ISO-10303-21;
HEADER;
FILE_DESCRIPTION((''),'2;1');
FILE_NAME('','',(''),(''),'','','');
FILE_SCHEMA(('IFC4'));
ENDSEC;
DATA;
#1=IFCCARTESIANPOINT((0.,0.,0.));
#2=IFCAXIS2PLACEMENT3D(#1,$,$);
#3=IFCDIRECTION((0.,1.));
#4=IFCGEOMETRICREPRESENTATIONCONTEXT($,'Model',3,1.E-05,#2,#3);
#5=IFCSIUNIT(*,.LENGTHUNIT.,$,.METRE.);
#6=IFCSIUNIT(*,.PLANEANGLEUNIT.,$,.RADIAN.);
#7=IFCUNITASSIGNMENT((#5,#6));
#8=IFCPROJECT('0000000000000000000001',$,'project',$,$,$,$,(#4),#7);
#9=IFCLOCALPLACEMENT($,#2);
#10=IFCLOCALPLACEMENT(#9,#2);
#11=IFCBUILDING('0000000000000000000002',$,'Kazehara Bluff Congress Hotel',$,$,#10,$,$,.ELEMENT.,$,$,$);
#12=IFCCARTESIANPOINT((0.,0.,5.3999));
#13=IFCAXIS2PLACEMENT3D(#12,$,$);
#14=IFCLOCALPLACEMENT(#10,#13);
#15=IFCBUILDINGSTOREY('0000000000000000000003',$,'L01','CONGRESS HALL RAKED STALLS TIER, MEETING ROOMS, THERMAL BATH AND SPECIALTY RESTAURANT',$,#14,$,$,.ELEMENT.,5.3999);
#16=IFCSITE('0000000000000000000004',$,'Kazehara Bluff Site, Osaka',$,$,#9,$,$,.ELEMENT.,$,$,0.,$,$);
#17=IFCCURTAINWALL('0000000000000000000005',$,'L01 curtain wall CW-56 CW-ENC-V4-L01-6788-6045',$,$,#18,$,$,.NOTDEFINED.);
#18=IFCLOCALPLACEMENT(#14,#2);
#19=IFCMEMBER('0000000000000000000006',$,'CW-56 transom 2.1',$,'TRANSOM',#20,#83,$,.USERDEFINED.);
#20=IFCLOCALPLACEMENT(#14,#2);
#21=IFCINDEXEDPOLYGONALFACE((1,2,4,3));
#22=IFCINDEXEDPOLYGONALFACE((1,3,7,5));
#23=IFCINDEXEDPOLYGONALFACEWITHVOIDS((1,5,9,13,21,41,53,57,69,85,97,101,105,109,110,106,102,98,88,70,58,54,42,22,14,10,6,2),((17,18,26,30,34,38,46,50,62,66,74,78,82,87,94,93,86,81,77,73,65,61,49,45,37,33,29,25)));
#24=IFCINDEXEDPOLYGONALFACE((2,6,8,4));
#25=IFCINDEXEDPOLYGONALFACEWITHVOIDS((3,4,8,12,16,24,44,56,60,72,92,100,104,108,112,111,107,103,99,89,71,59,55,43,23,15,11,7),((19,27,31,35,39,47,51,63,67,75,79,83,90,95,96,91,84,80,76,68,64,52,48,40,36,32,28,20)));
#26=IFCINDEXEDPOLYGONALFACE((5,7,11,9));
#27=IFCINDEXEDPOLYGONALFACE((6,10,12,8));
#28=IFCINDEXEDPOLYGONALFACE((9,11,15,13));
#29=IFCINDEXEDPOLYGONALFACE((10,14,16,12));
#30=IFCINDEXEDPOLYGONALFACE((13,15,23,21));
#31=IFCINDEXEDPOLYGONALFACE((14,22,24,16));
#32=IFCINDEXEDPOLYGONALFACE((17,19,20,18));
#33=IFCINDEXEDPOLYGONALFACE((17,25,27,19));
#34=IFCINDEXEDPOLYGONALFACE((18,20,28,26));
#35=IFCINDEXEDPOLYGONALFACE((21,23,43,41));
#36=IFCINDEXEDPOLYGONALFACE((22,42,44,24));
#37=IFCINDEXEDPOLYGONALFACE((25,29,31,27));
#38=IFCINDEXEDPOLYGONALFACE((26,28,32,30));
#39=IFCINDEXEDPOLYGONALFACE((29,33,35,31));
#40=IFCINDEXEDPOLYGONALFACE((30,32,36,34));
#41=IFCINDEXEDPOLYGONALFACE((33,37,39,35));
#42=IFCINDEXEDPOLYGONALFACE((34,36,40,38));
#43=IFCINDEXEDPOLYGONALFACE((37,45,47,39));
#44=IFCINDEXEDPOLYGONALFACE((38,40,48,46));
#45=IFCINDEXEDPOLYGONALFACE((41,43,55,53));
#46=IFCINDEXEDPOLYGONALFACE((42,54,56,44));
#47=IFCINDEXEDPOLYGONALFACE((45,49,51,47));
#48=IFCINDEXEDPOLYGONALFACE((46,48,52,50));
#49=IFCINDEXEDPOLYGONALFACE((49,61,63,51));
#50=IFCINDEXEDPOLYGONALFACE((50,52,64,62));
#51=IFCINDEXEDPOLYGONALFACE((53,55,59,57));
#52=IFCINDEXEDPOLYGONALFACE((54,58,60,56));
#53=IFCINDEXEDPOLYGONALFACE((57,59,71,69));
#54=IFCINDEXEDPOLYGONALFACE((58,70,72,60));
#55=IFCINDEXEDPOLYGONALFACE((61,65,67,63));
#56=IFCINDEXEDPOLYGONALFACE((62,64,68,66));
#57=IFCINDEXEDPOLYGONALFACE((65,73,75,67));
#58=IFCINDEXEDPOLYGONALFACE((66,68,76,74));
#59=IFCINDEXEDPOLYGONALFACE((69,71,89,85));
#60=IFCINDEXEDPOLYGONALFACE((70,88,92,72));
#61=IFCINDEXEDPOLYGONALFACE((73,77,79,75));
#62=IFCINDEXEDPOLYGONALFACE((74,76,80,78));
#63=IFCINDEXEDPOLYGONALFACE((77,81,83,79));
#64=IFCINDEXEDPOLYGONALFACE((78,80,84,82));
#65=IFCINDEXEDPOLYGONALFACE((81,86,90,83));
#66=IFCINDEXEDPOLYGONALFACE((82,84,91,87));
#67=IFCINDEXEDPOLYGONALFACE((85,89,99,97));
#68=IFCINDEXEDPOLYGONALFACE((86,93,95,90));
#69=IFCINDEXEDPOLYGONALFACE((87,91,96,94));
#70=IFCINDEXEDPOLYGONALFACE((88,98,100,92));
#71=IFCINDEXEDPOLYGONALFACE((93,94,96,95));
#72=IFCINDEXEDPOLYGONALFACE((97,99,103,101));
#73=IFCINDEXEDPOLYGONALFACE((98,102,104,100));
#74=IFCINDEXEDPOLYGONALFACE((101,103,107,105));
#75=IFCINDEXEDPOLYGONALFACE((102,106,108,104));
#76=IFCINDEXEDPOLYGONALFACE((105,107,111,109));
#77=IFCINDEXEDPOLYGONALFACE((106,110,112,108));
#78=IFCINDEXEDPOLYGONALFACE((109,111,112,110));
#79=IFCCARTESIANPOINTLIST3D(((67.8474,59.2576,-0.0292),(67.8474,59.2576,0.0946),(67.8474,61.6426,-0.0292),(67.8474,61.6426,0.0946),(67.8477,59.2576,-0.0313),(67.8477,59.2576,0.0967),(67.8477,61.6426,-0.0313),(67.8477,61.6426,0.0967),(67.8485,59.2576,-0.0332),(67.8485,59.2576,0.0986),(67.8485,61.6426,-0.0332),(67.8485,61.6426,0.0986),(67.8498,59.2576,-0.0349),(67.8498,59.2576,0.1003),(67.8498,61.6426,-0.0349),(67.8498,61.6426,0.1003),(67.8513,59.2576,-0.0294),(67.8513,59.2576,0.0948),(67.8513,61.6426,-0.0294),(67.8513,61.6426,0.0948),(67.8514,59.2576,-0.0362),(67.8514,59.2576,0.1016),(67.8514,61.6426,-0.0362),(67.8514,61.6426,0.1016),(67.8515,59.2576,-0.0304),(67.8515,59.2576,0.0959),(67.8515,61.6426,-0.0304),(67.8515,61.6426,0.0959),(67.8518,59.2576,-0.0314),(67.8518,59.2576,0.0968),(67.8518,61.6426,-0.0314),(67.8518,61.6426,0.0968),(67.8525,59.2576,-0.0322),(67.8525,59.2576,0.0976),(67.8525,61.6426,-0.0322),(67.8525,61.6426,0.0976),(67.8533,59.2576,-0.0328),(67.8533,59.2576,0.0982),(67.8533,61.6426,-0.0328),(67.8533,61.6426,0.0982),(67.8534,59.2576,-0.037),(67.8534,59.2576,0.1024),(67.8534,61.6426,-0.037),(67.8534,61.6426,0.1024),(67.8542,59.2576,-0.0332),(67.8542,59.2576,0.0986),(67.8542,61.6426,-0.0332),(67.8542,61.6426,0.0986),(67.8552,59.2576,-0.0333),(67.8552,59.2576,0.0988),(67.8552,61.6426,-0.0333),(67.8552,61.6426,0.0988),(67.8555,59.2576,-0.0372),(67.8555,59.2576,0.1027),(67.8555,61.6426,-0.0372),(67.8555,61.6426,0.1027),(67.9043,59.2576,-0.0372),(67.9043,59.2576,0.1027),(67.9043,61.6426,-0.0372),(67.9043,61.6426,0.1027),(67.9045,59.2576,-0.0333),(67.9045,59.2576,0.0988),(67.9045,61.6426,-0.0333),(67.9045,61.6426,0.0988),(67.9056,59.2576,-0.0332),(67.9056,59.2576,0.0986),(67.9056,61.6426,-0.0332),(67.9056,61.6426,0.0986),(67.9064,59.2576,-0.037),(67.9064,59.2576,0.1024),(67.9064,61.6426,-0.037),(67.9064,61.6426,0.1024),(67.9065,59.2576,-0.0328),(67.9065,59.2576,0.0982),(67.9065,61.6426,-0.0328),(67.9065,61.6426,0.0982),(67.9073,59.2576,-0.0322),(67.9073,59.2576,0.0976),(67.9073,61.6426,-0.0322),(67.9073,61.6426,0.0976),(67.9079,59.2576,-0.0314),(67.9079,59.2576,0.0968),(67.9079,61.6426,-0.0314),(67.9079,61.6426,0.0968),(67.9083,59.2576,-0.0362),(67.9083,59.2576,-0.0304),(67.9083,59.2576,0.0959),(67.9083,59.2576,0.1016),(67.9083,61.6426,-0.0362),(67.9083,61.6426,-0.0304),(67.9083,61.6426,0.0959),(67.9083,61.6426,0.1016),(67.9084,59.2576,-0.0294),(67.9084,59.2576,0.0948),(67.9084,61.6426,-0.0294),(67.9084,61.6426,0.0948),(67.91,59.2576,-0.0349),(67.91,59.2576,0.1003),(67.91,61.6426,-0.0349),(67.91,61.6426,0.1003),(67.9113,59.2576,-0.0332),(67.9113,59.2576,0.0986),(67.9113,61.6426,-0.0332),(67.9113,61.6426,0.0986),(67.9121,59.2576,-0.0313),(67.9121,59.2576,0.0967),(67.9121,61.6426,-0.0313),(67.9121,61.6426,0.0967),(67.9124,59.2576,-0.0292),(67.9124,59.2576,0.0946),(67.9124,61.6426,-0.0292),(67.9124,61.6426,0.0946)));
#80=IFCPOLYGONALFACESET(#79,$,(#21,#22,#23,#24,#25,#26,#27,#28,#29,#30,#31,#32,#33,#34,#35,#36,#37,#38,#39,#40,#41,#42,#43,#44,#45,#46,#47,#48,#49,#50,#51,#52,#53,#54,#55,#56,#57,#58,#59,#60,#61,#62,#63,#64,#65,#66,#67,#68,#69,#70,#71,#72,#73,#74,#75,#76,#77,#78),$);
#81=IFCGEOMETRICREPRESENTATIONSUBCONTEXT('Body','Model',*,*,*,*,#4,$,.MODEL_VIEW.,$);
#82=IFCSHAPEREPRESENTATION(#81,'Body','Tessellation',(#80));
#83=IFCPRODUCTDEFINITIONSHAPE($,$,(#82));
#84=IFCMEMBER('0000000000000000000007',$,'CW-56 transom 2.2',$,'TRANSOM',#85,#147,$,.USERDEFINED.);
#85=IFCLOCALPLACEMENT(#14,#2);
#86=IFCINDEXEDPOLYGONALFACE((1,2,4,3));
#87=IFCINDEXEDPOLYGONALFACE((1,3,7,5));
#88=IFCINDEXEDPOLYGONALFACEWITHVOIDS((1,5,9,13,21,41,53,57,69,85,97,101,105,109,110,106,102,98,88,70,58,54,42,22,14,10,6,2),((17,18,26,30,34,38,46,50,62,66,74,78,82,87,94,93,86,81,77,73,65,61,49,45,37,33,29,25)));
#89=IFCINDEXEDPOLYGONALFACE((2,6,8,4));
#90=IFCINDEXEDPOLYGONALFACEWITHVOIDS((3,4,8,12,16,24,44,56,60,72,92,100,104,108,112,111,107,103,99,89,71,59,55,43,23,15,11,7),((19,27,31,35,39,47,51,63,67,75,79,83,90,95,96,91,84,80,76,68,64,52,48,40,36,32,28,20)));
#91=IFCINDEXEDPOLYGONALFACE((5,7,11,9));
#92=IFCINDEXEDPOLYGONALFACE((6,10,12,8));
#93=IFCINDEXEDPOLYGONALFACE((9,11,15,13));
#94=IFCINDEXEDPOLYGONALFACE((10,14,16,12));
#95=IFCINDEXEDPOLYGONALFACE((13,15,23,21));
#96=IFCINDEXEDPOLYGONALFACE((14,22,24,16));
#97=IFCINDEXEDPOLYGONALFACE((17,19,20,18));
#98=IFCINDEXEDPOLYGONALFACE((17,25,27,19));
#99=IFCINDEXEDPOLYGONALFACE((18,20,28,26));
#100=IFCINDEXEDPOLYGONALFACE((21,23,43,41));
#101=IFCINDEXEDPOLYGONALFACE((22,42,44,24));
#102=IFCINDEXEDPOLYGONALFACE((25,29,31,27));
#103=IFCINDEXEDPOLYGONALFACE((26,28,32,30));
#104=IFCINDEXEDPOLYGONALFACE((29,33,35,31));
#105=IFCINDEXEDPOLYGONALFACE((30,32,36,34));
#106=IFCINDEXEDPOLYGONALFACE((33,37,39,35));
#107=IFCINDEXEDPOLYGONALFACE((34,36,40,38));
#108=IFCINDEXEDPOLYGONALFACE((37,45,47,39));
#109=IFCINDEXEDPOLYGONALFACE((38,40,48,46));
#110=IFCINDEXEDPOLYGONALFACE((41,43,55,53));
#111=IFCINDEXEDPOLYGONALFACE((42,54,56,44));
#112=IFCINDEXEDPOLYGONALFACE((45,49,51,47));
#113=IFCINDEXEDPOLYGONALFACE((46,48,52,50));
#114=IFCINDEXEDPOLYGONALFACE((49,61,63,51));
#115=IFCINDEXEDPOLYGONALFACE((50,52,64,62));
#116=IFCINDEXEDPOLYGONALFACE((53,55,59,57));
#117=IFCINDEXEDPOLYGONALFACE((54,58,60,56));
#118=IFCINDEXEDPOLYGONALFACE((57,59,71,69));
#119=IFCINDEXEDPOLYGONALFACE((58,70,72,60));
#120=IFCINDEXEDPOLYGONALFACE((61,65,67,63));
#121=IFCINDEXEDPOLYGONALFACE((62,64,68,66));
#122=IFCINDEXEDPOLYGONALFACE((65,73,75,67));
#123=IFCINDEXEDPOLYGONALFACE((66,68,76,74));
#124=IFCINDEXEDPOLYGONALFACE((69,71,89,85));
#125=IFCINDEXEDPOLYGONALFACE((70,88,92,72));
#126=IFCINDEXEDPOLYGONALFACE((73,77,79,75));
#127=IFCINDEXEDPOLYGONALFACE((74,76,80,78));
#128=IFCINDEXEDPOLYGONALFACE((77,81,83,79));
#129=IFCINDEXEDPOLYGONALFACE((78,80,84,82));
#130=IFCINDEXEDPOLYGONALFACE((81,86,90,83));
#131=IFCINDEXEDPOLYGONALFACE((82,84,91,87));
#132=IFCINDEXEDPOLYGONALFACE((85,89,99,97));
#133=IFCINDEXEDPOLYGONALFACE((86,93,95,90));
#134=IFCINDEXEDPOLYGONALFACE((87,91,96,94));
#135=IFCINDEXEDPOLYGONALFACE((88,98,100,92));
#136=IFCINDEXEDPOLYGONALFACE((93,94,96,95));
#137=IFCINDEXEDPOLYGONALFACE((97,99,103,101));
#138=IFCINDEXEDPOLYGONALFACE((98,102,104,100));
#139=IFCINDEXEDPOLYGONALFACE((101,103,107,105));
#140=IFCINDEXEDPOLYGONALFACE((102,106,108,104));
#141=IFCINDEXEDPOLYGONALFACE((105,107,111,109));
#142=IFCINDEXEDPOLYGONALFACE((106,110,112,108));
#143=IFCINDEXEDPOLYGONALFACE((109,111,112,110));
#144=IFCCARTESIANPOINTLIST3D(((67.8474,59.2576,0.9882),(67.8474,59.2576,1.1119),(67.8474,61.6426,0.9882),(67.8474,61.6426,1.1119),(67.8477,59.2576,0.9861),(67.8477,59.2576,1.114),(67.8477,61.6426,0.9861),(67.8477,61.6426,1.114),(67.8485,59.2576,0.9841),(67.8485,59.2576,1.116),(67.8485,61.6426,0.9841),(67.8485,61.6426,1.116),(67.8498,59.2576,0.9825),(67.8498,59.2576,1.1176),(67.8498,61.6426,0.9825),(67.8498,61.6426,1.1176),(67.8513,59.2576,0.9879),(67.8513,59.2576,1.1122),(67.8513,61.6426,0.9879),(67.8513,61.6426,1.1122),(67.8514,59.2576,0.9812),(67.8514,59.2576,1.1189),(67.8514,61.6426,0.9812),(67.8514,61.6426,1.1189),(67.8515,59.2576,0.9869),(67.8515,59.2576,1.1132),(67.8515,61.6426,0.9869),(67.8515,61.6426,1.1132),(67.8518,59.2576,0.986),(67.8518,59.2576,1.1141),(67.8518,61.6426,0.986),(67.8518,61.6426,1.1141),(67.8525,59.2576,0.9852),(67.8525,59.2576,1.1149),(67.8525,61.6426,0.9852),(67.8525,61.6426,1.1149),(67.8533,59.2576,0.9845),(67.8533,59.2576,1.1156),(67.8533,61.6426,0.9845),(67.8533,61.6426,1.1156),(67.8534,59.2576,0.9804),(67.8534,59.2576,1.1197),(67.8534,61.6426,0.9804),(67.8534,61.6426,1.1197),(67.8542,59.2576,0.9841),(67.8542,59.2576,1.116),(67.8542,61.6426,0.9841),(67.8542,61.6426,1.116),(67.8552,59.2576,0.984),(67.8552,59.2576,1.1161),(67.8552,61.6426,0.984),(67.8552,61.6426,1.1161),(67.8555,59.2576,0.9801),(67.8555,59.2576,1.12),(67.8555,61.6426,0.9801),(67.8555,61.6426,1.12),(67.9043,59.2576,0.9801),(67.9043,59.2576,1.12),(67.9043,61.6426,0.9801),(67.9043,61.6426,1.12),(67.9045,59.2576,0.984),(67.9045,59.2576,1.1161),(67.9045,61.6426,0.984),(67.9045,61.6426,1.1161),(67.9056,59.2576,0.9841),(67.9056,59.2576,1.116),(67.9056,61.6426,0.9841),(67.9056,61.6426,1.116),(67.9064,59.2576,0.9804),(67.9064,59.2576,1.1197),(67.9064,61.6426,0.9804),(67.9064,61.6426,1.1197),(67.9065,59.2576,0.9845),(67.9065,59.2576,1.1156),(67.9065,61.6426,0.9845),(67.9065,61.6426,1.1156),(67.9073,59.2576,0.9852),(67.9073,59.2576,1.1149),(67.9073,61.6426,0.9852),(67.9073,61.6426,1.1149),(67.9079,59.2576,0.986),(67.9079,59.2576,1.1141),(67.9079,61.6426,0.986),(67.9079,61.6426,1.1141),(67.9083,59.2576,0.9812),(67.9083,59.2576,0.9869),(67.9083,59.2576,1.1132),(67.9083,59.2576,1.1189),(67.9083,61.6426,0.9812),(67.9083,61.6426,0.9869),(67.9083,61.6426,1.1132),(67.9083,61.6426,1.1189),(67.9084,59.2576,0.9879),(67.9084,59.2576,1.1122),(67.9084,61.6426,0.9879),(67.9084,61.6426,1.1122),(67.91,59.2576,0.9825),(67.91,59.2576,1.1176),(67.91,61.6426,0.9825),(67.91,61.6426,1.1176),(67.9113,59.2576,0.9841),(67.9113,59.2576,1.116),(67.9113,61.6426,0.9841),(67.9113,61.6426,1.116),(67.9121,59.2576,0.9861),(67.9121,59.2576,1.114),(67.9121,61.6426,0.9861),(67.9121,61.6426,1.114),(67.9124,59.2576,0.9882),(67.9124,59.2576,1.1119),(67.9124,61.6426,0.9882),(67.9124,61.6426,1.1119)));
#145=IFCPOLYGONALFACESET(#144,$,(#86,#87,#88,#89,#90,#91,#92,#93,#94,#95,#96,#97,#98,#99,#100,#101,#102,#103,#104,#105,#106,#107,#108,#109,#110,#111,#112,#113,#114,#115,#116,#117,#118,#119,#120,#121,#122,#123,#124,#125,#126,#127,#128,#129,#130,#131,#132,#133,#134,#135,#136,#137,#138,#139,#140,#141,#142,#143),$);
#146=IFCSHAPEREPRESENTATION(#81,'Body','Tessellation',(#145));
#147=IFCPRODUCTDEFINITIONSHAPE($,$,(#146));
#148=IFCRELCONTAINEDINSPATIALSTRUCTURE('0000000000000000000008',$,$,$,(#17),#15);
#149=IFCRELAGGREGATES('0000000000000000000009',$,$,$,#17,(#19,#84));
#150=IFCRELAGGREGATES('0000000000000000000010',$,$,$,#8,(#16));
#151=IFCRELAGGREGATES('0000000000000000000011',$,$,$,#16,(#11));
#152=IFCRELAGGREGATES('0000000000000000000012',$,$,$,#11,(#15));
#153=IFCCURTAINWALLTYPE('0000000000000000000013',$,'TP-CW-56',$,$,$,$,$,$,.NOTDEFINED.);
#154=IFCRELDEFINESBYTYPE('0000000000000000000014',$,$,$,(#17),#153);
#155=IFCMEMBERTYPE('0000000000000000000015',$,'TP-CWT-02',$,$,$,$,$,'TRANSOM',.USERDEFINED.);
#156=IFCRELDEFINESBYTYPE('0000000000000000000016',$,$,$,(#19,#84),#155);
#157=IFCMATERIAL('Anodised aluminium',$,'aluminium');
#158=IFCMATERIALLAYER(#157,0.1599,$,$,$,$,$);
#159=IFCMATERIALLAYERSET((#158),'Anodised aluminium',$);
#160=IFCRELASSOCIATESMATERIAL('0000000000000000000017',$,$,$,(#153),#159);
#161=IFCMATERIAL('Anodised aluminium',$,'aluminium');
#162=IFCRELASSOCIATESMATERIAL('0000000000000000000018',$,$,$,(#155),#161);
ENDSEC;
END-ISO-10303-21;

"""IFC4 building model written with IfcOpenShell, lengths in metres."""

from ifc_helpers import new_model, si_unit, direction, frame, origin, origin_2d, place, context, subcontext, project, spatial, hollow_rectangle, extrude, material, layer, layer_set, material_profile, profile_set, type_object, element, aggregate, save


model = new_model("IFC4")

# Units and contexts
model_context = context("Model", 3, precision=1e-05, world=origin(), true_north=direction((0.0, 1.0)))
body_context = subcontext(model_context, "Body", "Model", "MODEL_VIEW")
ifc_project = project(units=[si_unit("LENGTHUNIT", "METRE"), si_unit("PLANEANGLEUNIT", "RADIAN")], contexts=[model_context])

# Site, building, storey
site_placement = place(None, origin())
site = spatial("IfcSite", under=ifc_project, at=site_placement, Name="Kazehara Bluff Site, Osaka", CompositionType="ELEMENT", RefElevation=0.0)
building_placement = place(site_placement, origin())
building = spatial("IfcBuilding", under=site, at=building_placement, Name="Kazehara Bluff Congress Hotel", CompositionType="ELEMENT")
storey_placement = place(building_placement, frame((0.0, 0.0, 5.3999)))
storey = spatial("IfcBuildingStorey", under=building, at=storey_placement, Name="L01", Description="CONGRESS HALL RAKED STALLS TIER, MEETING ROOMS, THERMAL BATH AND SPECIALTY RESTAURANT", CompositionType="ELEMENT", Elevation=5.3999)

# Curtain wall
ifc_material_1 = material(Name="Anodised aluminium", Category="aluminium")
ifc_layer_1 = layer(ifc_material_1, 0.1599)
ifc_layer_set_1 = layer_set([ifc_layer_1], Name="Anodised aluminium")
curtain_wall_type_1 = type_object("IfcCurtainWallType", Name="TP-CW-56", PredefinedType="NOTDEFINED", material=ifc_layer_set_1)
curtain_wall_1_placement = place(storey_placement, origin())
curtain_wall_1 = element("IfcCurtainWall", 1, at=curtain_wall_1_placement, inside=storey, type_object=curtain_wall_type_1, Name="L01 curtain wall CW-56 CW-ENC-V4-L01-6788-6045", PredefinedType="NOTDEFINED")

# Members
ifc_material_2 = material(Name="Anodised aluminium", Category="aluminium")
ifc_material_profile_1 = material_profile(ifc_material_2, hollow_rectangle(XDim=0.0649, YDim=0.1399, WallThickness=0.0039, InnerFilletRadius=0.0039, OuterFilletRadius=0.0081, at=origin_2d()))
ifc_profile_set_1 = profile_set([ifc_material_profile_1], Name="Anodised aluminium")
member_type_1 = type_object("IfcMemberType", Name="TP-CWT-02", ElementType="TRANSOM", PredefinedType="USERDEFINED", material=ifc_profile_set_1)
member_1_placement = place(storey_placement, frame((67.8799, 61.6426, 0.0327), z_axis=(0.0, -1.0, 0.0), x_axis=(1.0, 0.0, 0.0)))
member_1 = element("IfcMember", 2, at=member_1_placement, type_object=member_type_1, Name="CW-56 transom 2.1", ObjectType="TRANSOM", PredefinedType="USERDEFINED", context=body_context, shape_type="SweptSolid", body=[
    extrude(hollow_rectangle(XDim=0.0649, YDim=0.1399, WallThickness=0.0039, InnerFilletRadius=0.0039, OuterFilletRadius=0.0081, at=origin_2d()), origin(), (0.0, 0.0, 1.0), 2.385),
])
member_2_placement = place(storey_placement, frame((67.8799, 61.6426, 1.05), z_axis=(0.0, -1.0, 0.0), x_axis=(1.0, 0.0, 0.0)))
member_2 = element("IfcMember", 3, at=member_2_placement, type_object=member_type_1, Name="CW-56 transom 2.2", ObjectType="TRANSOM", PredefinedType="USERDEFINED", context=body_context, shape_type="SweptSolid", body=[
    extrude(hollow_rectangle(XDim=0.0649, YDim=0.1399, WallThickness=0.0039, InnerFilletRadius=0.0039, OuterFilletRadius=0.0081, at=origin_2d()), origin(), (0.0, 0.0, 1.0), 2.385),
])

aggregate(curtain_wall_1, [member_1, member_2])

save(model, "model.ifc")
